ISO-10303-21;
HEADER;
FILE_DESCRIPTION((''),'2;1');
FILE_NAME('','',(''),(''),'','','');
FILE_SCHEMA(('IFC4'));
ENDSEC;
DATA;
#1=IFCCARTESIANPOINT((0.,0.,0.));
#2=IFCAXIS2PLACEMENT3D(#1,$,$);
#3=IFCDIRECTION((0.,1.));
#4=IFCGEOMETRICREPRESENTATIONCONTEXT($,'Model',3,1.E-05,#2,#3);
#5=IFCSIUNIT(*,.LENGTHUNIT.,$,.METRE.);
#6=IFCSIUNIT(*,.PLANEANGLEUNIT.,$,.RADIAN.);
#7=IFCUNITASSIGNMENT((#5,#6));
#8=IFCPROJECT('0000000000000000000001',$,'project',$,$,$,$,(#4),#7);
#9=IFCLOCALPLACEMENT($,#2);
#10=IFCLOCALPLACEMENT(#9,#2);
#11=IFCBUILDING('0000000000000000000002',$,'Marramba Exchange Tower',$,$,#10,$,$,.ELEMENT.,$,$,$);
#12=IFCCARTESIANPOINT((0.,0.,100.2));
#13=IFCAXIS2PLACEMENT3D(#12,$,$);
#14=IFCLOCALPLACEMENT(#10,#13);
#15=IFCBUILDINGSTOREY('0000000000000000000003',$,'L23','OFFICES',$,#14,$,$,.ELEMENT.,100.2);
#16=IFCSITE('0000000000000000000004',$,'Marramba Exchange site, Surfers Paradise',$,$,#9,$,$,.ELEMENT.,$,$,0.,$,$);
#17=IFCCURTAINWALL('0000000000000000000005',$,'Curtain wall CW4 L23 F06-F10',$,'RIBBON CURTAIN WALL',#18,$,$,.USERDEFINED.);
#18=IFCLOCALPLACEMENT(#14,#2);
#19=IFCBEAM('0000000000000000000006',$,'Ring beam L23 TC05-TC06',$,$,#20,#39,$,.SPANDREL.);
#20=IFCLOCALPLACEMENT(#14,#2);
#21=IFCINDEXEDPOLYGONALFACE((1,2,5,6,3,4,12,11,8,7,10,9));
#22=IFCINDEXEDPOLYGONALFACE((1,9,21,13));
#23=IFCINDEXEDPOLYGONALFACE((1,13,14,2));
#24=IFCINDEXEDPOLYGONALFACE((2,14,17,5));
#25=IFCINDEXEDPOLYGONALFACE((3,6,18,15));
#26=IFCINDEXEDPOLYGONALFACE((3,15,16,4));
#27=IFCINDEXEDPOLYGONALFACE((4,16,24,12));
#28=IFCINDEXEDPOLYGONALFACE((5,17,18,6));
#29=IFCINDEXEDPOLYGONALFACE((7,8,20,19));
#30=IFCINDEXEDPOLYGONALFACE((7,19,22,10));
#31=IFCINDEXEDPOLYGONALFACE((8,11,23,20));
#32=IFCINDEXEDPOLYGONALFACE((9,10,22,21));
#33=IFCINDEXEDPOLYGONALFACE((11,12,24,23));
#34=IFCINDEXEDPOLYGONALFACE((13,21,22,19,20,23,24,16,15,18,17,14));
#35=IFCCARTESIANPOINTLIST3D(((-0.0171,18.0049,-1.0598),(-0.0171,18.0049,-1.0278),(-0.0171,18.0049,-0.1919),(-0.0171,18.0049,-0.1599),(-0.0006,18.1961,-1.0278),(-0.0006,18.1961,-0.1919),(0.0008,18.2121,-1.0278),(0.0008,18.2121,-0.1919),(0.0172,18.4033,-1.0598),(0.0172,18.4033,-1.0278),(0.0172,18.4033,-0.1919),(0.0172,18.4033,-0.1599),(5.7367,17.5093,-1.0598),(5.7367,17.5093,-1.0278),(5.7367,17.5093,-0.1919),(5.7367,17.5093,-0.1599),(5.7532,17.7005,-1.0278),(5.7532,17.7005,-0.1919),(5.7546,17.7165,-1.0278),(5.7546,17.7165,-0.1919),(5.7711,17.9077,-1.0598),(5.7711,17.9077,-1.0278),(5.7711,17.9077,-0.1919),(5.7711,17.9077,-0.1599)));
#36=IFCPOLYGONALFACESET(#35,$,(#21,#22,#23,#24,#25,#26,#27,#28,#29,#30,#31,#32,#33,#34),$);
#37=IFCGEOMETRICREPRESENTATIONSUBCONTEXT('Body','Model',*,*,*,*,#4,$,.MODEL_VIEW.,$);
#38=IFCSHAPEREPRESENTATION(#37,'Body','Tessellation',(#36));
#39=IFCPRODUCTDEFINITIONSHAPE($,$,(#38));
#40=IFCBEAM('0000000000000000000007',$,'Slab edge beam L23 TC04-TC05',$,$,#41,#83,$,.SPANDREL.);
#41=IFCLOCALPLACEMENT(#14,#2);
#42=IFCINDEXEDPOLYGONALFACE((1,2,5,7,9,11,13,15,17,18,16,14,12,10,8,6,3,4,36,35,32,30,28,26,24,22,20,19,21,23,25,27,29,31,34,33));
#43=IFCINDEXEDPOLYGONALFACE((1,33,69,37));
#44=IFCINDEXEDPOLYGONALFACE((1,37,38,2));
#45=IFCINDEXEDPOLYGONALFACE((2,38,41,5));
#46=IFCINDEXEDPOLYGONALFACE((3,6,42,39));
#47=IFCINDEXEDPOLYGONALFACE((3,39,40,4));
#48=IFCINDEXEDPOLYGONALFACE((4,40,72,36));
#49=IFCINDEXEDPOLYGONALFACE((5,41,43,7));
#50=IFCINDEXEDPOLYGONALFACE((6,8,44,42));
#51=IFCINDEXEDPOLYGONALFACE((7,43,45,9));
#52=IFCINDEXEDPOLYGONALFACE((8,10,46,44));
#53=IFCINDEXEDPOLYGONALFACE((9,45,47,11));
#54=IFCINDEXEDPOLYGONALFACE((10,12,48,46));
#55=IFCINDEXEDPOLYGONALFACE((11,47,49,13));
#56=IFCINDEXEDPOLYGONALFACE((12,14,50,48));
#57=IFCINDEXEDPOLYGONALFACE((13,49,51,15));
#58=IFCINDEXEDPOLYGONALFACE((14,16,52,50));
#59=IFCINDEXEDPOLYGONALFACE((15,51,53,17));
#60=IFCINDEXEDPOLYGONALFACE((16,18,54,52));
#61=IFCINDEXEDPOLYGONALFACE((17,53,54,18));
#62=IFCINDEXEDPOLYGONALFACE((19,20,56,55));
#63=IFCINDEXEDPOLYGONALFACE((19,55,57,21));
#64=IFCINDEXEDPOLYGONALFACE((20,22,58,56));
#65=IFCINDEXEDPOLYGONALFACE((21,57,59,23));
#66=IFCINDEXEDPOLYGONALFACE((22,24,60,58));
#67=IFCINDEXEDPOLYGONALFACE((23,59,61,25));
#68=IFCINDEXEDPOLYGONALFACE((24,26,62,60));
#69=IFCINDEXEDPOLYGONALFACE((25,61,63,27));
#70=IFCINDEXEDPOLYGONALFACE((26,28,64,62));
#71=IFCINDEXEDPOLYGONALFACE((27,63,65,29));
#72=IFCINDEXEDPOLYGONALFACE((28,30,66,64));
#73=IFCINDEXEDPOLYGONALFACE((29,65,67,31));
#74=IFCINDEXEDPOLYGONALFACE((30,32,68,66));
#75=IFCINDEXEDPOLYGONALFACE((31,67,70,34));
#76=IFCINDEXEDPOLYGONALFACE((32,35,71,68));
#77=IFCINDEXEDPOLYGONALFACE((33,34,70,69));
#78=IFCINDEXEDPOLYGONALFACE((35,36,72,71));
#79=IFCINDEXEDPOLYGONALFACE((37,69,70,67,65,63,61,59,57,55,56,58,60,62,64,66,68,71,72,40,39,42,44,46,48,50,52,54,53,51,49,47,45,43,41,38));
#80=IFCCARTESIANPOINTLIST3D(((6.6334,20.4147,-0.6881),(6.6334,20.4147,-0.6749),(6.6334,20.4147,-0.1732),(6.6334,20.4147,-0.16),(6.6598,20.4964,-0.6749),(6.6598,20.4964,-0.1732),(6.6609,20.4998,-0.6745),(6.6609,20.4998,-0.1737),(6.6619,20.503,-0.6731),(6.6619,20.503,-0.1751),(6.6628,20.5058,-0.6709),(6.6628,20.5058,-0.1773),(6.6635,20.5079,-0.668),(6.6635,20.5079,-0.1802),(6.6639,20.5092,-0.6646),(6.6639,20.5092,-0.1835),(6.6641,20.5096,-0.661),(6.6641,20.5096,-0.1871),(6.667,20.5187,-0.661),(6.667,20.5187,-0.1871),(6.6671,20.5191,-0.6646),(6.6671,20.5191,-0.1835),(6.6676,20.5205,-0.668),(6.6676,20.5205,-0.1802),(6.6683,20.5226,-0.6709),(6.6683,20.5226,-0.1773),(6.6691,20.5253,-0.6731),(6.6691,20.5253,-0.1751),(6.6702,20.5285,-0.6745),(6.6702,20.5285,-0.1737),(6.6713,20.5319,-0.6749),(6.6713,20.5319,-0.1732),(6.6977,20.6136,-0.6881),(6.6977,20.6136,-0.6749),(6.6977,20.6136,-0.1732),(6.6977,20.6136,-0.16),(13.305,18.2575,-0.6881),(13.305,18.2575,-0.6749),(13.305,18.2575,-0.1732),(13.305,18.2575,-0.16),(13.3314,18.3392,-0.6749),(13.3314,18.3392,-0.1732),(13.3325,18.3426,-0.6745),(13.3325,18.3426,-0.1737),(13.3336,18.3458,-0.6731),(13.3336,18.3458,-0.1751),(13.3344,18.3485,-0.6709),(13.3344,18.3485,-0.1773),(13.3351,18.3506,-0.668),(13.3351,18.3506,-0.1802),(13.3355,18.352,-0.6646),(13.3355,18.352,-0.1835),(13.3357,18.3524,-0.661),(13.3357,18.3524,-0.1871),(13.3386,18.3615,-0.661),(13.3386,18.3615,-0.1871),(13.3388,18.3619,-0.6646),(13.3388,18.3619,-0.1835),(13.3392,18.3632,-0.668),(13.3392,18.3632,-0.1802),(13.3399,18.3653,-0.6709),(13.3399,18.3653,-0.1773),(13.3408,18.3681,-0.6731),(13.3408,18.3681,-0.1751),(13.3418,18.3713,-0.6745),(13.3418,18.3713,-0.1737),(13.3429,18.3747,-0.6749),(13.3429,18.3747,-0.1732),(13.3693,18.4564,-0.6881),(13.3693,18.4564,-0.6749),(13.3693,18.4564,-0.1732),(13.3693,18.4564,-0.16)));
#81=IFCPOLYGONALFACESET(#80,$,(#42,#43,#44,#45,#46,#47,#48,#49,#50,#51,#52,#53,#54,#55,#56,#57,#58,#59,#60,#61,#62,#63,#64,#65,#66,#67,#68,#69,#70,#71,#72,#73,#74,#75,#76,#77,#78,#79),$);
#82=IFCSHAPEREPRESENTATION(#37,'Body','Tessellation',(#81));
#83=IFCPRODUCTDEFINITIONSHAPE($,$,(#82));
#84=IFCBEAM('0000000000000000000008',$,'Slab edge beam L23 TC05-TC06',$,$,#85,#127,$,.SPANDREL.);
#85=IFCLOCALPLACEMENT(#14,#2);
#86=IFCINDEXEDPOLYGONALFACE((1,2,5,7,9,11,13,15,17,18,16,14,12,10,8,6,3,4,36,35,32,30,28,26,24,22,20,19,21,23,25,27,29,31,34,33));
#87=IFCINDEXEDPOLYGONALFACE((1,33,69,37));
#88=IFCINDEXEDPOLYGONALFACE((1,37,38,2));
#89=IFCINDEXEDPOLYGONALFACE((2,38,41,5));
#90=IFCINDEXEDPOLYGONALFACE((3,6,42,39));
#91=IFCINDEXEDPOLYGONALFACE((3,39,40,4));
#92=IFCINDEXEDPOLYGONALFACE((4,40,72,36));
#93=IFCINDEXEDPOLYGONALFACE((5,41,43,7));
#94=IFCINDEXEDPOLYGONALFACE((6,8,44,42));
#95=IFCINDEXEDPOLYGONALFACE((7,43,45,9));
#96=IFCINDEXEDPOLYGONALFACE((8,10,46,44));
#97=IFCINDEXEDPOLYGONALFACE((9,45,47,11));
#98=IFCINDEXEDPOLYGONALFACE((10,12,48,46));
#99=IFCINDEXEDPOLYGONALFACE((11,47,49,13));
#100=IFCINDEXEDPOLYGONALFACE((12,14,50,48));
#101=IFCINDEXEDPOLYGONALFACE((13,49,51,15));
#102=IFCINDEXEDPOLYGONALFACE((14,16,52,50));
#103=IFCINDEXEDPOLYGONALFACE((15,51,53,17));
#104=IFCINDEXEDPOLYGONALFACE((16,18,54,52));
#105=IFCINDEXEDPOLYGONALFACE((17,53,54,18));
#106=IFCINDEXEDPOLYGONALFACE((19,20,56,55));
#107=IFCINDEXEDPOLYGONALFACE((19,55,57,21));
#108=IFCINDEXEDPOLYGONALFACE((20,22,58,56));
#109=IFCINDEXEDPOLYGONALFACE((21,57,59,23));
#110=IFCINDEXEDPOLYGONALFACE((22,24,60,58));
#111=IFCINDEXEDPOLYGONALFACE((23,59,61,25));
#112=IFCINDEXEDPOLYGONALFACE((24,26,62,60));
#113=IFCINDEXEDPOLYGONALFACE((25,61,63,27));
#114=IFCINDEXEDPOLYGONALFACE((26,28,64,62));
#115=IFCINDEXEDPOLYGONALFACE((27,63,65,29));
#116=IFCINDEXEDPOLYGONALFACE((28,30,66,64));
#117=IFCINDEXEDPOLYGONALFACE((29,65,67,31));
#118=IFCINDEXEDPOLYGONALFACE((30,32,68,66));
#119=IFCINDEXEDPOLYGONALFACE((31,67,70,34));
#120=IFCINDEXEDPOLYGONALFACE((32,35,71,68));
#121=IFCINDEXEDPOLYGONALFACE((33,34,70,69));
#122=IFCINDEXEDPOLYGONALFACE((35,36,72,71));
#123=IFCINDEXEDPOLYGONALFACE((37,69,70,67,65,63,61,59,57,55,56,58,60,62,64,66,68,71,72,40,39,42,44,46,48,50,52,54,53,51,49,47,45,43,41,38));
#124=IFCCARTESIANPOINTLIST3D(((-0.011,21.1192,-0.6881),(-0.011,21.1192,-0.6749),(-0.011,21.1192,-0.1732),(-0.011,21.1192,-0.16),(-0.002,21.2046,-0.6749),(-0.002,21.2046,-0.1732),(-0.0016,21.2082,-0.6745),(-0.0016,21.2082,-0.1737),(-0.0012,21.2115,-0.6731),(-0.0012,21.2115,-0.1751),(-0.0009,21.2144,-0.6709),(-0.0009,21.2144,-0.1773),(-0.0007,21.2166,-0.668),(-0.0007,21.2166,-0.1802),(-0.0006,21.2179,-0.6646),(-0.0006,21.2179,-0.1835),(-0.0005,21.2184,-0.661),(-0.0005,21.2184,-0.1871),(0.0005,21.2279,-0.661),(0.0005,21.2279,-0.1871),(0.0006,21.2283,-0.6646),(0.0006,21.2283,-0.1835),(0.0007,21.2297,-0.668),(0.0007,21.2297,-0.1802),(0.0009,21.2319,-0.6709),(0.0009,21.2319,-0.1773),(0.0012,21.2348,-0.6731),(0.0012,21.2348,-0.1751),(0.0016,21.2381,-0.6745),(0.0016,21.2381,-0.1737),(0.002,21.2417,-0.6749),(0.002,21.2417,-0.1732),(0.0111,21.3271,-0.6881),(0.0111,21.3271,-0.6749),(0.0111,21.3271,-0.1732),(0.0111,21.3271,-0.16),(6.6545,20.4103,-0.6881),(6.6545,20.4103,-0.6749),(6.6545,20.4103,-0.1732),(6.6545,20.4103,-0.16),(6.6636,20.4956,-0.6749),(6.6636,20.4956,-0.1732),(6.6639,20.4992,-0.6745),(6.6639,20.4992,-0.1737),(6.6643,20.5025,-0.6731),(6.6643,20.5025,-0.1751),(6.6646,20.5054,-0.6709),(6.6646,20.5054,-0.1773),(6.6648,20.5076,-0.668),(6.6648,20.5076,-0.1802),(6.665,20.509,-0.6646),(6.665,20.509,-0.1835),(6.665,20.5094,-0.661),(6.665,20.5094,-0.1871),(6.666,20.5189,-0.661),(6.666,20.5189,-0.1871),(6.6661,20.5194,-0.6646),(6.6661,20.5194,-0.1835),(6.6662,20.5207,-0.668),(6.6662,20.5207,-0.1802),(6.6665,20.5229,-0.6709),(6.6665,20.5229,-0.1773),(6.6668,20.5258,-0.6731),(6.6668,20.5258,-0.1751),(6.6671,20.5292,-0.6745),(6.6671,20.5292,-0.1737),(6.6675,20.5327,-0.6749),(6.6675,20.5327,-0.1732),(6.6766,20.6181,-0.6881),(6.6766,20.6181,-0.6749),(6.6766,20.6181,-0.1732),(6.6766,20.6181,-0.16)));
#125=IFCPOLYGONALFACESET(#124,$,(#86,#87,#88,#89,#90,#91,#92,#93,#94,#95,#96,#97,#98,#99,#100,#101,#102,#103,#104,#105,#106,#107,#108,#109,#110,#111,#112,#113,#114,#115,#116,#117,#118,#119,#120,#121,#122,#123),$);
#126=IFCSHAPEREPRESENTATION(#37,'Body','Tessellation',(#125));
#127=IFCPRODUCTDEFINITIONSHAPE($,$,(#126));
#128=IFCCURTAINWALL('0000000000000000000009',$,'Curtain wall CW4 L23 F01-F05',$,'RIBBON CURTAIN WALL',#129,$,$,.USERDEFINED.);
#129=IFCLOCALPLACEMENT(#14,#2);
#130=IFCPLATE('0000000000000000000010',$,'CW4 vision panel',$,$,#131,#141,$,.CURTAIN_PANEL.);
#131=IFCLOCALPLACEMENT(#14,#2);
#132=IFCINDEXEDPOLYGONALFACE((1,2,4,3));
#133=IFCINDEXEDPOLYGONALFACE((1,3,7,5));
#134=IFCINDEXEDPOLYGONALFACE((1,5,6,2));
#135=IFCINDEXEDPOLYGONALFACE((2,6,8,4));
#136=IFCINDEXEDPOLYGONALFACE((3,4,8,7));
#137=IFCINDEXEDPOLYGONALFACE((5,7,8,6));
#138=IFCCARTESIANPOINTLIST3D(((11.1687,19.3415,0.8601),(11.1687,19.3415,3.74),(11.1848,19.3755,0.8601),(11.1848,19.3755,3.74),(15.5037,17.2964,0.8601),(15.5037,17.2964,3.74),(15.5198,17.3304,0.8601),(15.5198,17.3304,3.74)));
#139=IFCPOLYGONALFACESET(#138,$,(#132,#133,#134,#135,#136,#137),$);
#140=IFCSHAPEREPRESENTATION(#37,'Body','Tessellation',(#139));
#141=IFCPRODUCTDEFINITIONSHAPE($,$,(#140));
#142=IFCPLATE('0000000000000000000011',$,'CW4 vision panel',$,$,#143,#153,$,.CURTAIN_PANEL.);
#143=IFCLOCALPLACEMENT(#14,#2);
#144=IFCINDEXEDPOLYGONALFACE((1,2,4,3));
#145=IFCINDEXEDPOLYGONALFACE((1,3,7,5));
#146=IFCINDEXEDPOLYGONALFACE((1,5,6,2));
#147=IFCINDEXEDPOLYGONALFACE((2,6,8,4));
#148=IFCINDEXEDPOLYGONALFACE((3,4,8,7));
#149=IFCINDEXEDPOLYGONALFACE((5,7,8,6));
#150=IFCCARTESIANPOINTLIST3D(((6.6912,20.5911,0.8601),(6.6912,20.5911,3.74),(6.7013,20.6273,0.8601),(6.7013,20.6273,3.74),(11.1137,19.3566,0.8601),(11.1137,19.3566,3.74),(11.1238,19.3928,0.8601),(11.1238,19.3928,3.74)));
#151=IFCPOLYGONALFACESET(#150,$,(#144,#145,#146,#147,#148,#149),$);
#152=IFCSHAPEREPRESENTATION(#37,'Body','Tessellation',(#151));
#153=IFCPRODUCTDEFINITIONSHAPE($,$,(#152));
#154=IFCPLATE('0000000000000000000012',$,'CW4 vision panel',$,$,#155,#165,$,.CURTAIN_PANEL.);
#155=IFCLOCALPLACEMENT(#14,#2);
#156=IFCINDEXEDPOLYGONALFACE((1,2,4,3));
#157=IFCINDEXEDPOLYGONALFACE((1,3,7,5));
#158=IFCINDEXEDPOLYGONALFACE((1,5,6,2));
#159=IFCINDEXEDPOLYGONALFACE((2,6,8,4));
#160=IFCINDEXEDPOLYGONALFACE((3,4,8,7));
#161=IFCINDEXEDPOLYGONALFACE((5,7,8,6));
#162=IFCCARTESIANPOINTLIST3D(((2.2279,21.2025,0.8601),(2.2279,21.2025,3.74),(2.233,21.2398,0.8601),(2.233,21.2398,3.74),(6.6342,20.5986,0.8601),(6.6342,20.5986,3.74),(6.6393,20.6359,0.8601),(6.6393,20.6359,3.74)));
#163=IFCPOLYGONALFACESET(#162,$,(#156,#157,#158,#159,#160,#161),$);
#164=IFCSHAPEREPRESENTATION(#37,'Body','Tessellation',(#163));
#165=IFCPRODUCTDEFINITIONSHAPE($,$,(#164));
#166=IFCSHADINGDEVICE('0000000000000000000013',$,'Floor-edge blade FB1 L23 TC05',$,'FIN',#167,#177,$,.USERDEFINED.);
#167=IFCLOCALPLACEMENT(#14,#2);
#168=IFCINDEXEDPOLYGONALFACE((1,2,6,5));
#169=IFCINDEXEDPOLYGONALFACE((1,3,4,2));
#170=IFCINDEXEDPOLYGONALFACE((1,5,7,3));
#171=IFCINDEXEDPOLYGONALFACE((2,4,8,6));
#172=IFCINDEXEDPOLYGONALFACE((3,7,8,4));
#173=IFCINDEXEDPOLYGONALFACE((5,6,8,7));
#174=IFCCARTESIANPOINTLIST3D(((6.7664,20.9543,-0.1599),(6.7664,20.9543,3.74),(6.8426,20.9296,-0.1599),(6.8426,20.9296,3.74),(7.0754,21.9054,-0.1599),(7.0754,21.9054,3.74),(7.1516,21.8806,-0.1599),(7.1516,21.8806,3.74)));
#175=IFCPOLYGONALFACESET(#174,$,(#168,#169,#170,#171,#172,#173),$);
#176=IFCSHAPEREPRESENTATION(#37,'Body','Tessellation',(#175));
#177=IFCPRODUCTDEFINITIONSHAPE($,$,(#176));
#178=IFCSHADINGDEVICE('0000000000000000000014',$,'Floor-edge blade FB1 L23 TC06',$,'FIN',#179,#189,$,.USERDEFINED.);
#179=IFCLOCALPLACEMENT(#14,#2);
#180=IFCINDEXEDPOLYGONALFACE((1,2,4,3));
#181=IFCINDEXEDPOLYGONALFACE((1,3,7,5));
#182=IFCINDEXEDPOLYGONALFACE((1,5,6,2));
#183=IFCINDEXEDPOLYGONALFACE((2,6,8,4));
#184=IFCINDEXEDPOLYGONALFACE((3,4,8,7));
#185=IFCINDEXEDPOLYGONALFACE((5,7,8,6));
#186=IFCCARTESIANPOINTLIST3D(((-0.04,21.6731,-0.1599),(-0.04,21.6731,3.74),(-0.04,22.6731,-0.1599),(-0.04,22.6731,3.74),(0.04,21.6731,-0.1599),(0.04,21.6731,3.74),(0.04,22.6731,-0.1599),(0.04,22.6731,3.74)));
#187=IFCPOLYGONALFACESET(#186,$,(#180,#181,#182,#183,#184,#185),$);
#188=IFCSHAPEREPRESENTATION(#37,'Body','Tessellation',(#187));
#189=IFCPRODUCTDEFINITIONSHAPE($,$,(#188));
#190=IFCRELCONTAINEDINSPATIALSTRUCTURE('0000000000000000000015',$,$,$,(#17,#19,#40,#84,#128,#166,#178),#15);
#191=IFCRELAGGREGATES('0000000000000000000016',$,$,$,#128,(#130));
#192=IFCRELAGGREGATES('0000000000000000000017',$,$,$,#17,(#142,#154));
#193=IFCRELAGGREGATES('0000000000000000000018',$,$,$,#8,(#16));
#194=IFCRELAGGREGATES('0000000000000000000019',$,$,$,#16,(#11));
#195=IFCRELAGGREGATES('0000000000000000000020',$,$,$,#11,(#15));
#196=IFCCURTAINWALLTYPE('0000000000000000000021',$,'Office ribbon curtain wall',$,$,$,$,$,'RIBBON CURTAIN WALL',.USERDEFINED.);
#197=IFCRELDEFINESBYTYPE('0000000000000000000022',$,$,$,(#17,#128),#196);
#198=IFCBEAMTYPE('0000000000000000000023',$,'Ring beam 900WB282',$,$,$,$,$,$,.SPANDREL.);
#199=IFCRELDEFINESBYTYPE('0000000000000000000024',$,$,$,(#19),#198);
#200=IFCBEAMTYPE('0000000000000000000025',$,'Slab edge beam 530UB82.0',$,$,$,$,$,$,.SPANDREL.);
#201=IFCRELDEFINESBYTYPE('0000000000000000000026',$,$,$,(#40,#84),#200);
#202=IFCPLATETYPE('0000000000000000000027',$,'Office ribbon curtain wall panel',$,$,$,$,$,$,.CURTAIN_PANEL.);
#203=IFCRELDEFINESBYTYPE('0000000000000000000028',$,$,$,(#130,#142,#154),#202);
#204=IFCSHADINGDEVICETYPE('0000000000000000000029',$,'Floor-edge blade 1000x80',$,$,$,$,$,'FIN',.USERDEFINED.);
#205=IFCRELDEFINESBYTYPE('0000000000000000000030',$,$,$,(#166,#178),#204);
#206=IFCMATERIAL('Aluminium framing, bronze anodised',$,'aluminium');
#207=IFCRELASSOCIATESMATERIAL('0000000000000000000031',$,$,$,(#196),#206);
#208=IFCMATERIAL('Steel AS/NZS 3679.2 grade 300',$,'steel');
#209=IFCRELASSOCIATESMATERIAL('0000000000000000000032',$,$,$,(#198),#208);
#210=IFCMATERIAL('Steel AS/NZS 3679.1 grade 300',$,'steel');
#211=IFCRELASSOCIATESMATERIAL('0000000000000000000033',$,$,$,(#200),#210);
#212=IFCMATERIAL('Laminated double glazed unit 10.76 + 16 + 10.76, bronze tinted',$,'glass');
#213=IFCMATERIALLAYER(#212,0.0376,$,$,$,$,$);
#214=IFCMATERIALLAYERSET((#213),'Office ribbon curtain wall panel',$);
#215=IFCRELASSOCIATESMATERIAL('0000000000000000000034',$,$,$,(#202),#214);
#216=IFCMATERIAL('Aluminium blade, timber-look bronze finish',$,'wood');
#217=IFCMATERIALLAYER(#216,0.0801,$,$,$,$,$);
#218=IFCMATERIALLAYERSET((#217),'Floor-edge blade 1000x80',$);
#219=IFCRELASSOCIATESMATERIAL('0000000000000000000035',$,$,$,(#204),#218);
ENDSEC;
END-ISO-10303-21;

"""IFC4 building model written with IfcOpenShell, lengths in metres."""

from ifc_helpers import new_model, si_unit, direction, frame, origin, origin_2d, place, context, subcontext, project, spatial, rectangle, i_section, extrude, material, layer, layer_set, material_profile, profile_set, type_object, element, aggregate, save


model = new_model("IFC4")

# Units and contexts
model_context = context("Model", 3, precision=1e-05, world=origin(), true_north=direction((0.0, 1.0)))
body_context = subcontext(model_context, "Body", "Model", "MODEL_VIEW")
ifc_project = project(units=[si_unit("LENGTHUNIT", "METRE"), si_unit("PLANEANGLEUNIT", "RADIAN")], contexts=[model_context])

# Site, building, storey
site_placement = place(None, origin())
site = spatial("IfcSite", under=ifc_project, at=site_placement, Name="Marramba Exchange site, Surfers Paradise", CompositionType="ELEMENT", RefElevation=0.0)
building_placement = place(site_placement, origin())
building = spatial("IfcBuilding", under=site, at=building_placement, Name="Marramba Exchange Tower", CompositionType="ELEMENT")
storey_placement = place(building_placement, frame((0.0, 0.0, 100.2)))
storey = spatial("IfcBuildingStorey", under=building, at=storey_placement, Name="L23", Description="OFFICES", CompositionType="ELEMENT", Elevation=100.2)

# Shared definitions
ifc_material_1 = material(Name="Steel AS/NZS 3679.2 grade 300", Category="steel")

# Curtain wall
ifc_material_2 = material(Name="Aluminium framing, bronze anodised", Category="aluminium")
curtain_wall_type = type_object("IfcCurtainWallType", Name="Office ribbon curtain wall", ElementType="RIBBON CURTAIN WALL", PredefinedType="USERDEFINED", material=ifc_material_2)
curtain_wall_1_placement = place(storey_placement, origin())
curtain_wall_1 = element("IfcCurtainWall", 1, at=curtain_wall_1_placement, inside=storey, type_object=curtain_wall_type, Name="Curtain wall CW4 L23 F06-F10", ObjectType="RIBBON CURTAIN WALL", PredefinedType="USERDEFINED")

# Beams
ifc_material_profile_1 = material_profile(ifc_material_1, i_section(OverallWidth=0.3999, OverallDepth=0.8999, WebThickness=0.0161, FlangeThickness=0.032, at=origin_2d()), Name="900WB282")
ifc_profile_set_1 = profile_set([ifc_material_profile_1], Name="Steel AS/NZS 3679.2 grade 300")
beam_type_1 = type_object("IfcBeamType", Name="Ring beam 900WB282", PredefinedType="SPANDREL", material=ifc_profile_set_1)
beam_1_placement = place(storey_placement, frame((5.7539, 17.7085, -0.6099), z_axis=(-0.996311, 0.085816, 0.0), x_axis=(-0.085816, -0.996311, 0.0)))
element("IfcBeam", 2, at=beam_1_placement, inside=storey, type_object=beam_type_1, Name="Ring beam L23 TC05-TC06", PredefinedType="SPANDREL", context=body_context, shape_type="SweptSolid", body=[
    extrude(i_section(OverallWidth=0.3999, OverallDepth=0.8999, WebThickness=0.0161, FlangeThickness=0.032, at=origin_2d()), origin(), (0.0, 0.0, 1.0), 5.7751),
])
ifc_material_3 = material(Name="Steel AS/NZS 3679.1 grade 300", Category="steel")
ifc_material_profile_2 = material_profile(ifc_material_3, i_section(OverallWidth=0.209, OverallDepth=0.5281, WebThickness=0.0095, FlangeThickness=0.0132, FilletRadius=0.0139, at=origin_2d()), Name="530UB82.0")
ifc_profile_set_2 = profile_set([ifc_material_profile_2], Name="Steel AS/NZS 3679.1 grade 300")
beam_type_2 = type_object("IfcBeamType", Name="Slab edge beam 530UB82.0", PredefinedType="SPANDREL", material=ifc_profile_set_2)
beam_2_placement = place(storey_placement, frame((13.3372, 18.3569, -0.4241), z_axis=(-0.951496, 0.30766, 0.0), x_axis=(-0.30766, -0.951496, 0.0)))
element("IfcBeam", 3, at=beam_2_placement, inside=storey, type_object=beam_type_2, Name="Slab edge beam L23 TC04-TC05", PredefinedType="SPANDREL", context=body_context, shape_type="SweptSolid", body=[
    extrude(i_section(OverallWidth=0.209, OverallDepth=0.5281, WebThickness=0.0095, FlangeThickness=0.0132, FilletRadius=0.0139, at=origin_2d()), origin(), (0.0, 0.0, 1.0), 7.0117),
])
beam_3_placement = place(storey_placement, frame((6.6655, 20.5142, -0.4241), z_axis=(-0.994391, 0.105769, 0.0), x_axis=(-0.105769, -0.994391, 0.0)))
element("IfcBeam", 4, at=beam_3_placement, inside=storey, type_object=beam_type_2, Name="Slab edge beam L23 TC05-TC06", PredefinedType="SPANDREL", context=body_context, shape_type="SweptSolid", body=[
    extrude(i_section(OverallWidth=0.209, OverallDepth=0.5281, WebThickness=0.0095, FlangeThickness=0.0132, FilletRadius=0.0139, at=origin_2d()), origin(), (0.0, 0.0, 1.0), 6.7031),
])

# Curtain wall, plate
curtain_wall_2_placement = place(storey_placement, origin())
curtain_wall_2 = element("IfcCurtainWall", 5, at=curtain_wall_2_placement, inside=storey, type_object=curtain_wall_type, Name="Curtain wall CW4 L23 F01-F05", ObjectType="RIBBON CURTAIN WALL", PredefinedType="USERDEFINED")
ifc_material_4 = material(Name="Laminated double glazed unit 10.76 + 16 + 10.76, bronze tinted", Category="glass")
ifc_layer_1 = layer(ifc_material_4, 0.0376)
ifc_layer_set_1 = layer_set([ifc_layer_1], Name="Office ribbon curtain wall panel")
plate_type = type_object("IfcPlateType", Name="Office ribbon curtain wall panel", PredefinedType="CURTAIN_PANEL", material=ifc_layer_set_1)
plate_1_placement = place(storey_placement, frame((13.3442, 18.3359, 0.8601), z_axis=(0.0, 0.0, 1.0), x_axis=(-0.904403, 0.426679, 0.0)))
plate_1 = element("IfcPlate", 6, at=plate_1_placement, type_object=plate_type, Name="CW4 vision panel", PredefinedType="CURTAIN_PANEL", context=body_context, shape_type="SweptSolid", body=[
    extrude(rectangle(XDim=4.7932, YDim=0.0376, at=origin_2d()), origin(), (0.0, 0.0, 1.0), 2.8799),
])
aggregate(curtain_wall_2, [plate_1])

# Plates
plate_2_placement = place(storey_placement, frame((8.9075, 19.9919, 0.8601), z_axis=(0.0, 0.0, 1.0), x_axis=(-0.963178, 0.268865, 0.0)))
plate_2 = element("IfcPlate", 7, at=plate_2_placement, type_object=plate_type, Name="CW4 vision panel", PredefinedType="CURTAIN_PANEL", context=body_context, shape_type="SweptSolid", body=[
    extrude(rectangle(XDim=4.5916, YDim=0.0376, at=origin_2d()), origin(), (0.0, 0.0, 1.0), 2.8799),
])
plate_3_placement = place(storey_placement, frame((4.4336, 20.9192, 0.8601), z_axis=(0.0, 0.0, 1.0), x_axis=(-0.990738, 0.135786, 0.0)))
plate_3 = element("IfcPlate", 8, at=plate_3_placement, type_object=plate_type, Name="CW4 vision panel", PredefinedType="CURTAIN_PANEL", context=body_context, shape_type="SweptSolid", body=[
    extrude(rectangle(XDim=4.4475, YDim=0.0376, at=origin_2d()), origin(), (0.0, 0.0, 1.0), 2.8799),
])
aggregate(curtain_wall_1, [plate_2, plate_3])

# Shading devices
ifc_material_5 = material(Name="Aluminium blade, timber-look bronze finish", Category="wood")
ifc_layer_2 = layer(ifc_material_5, 0.0801)
ifc_layer_set_2 = layer_set([ifc_layer_2], Name="Floor-edge blade 1000x80")
shading_device_type_1 = type_object("IfcShadingDeviceType", Name="Floor-edge blade 1000x80", ElementType="FIN", PredefinedType="USERDEFINED", material=ifc_layer_set_2)
for number, where, z_axis, x_axis, name in (
    (9, (6.959, 21.4175, -0.1599), (0.0, 0.0, 1.0), (0.309017, 0.951057, 0.0), "Floor-edge blade FB1 L23 TC05"),
    (10, (0.0, 22.1731, -0.1599), (0.0, 0.0, 1.0), (0.0, 1.0, 0.0), "Floor-edge blade FB1 L23 TC06"),
):
    element("IfcShadingDevice", number, at=place(storey_placement, frame(where, z_axis=z_axis, x_axis=x_axis)), inside=storey, type_object=shading_device_type_1, Name=name, ObjectType="FIN", PredefinedType="USERDEFINED", context=body_context, shape_type="SweptSolid", body=[
        extrude(rectangle(XDim=1.0, YDim=0.0801, at=origin_2d()), origin(), (0.0, 0.0, 1.0), 3.8999),
    ])

save(model, "model.ifc")
